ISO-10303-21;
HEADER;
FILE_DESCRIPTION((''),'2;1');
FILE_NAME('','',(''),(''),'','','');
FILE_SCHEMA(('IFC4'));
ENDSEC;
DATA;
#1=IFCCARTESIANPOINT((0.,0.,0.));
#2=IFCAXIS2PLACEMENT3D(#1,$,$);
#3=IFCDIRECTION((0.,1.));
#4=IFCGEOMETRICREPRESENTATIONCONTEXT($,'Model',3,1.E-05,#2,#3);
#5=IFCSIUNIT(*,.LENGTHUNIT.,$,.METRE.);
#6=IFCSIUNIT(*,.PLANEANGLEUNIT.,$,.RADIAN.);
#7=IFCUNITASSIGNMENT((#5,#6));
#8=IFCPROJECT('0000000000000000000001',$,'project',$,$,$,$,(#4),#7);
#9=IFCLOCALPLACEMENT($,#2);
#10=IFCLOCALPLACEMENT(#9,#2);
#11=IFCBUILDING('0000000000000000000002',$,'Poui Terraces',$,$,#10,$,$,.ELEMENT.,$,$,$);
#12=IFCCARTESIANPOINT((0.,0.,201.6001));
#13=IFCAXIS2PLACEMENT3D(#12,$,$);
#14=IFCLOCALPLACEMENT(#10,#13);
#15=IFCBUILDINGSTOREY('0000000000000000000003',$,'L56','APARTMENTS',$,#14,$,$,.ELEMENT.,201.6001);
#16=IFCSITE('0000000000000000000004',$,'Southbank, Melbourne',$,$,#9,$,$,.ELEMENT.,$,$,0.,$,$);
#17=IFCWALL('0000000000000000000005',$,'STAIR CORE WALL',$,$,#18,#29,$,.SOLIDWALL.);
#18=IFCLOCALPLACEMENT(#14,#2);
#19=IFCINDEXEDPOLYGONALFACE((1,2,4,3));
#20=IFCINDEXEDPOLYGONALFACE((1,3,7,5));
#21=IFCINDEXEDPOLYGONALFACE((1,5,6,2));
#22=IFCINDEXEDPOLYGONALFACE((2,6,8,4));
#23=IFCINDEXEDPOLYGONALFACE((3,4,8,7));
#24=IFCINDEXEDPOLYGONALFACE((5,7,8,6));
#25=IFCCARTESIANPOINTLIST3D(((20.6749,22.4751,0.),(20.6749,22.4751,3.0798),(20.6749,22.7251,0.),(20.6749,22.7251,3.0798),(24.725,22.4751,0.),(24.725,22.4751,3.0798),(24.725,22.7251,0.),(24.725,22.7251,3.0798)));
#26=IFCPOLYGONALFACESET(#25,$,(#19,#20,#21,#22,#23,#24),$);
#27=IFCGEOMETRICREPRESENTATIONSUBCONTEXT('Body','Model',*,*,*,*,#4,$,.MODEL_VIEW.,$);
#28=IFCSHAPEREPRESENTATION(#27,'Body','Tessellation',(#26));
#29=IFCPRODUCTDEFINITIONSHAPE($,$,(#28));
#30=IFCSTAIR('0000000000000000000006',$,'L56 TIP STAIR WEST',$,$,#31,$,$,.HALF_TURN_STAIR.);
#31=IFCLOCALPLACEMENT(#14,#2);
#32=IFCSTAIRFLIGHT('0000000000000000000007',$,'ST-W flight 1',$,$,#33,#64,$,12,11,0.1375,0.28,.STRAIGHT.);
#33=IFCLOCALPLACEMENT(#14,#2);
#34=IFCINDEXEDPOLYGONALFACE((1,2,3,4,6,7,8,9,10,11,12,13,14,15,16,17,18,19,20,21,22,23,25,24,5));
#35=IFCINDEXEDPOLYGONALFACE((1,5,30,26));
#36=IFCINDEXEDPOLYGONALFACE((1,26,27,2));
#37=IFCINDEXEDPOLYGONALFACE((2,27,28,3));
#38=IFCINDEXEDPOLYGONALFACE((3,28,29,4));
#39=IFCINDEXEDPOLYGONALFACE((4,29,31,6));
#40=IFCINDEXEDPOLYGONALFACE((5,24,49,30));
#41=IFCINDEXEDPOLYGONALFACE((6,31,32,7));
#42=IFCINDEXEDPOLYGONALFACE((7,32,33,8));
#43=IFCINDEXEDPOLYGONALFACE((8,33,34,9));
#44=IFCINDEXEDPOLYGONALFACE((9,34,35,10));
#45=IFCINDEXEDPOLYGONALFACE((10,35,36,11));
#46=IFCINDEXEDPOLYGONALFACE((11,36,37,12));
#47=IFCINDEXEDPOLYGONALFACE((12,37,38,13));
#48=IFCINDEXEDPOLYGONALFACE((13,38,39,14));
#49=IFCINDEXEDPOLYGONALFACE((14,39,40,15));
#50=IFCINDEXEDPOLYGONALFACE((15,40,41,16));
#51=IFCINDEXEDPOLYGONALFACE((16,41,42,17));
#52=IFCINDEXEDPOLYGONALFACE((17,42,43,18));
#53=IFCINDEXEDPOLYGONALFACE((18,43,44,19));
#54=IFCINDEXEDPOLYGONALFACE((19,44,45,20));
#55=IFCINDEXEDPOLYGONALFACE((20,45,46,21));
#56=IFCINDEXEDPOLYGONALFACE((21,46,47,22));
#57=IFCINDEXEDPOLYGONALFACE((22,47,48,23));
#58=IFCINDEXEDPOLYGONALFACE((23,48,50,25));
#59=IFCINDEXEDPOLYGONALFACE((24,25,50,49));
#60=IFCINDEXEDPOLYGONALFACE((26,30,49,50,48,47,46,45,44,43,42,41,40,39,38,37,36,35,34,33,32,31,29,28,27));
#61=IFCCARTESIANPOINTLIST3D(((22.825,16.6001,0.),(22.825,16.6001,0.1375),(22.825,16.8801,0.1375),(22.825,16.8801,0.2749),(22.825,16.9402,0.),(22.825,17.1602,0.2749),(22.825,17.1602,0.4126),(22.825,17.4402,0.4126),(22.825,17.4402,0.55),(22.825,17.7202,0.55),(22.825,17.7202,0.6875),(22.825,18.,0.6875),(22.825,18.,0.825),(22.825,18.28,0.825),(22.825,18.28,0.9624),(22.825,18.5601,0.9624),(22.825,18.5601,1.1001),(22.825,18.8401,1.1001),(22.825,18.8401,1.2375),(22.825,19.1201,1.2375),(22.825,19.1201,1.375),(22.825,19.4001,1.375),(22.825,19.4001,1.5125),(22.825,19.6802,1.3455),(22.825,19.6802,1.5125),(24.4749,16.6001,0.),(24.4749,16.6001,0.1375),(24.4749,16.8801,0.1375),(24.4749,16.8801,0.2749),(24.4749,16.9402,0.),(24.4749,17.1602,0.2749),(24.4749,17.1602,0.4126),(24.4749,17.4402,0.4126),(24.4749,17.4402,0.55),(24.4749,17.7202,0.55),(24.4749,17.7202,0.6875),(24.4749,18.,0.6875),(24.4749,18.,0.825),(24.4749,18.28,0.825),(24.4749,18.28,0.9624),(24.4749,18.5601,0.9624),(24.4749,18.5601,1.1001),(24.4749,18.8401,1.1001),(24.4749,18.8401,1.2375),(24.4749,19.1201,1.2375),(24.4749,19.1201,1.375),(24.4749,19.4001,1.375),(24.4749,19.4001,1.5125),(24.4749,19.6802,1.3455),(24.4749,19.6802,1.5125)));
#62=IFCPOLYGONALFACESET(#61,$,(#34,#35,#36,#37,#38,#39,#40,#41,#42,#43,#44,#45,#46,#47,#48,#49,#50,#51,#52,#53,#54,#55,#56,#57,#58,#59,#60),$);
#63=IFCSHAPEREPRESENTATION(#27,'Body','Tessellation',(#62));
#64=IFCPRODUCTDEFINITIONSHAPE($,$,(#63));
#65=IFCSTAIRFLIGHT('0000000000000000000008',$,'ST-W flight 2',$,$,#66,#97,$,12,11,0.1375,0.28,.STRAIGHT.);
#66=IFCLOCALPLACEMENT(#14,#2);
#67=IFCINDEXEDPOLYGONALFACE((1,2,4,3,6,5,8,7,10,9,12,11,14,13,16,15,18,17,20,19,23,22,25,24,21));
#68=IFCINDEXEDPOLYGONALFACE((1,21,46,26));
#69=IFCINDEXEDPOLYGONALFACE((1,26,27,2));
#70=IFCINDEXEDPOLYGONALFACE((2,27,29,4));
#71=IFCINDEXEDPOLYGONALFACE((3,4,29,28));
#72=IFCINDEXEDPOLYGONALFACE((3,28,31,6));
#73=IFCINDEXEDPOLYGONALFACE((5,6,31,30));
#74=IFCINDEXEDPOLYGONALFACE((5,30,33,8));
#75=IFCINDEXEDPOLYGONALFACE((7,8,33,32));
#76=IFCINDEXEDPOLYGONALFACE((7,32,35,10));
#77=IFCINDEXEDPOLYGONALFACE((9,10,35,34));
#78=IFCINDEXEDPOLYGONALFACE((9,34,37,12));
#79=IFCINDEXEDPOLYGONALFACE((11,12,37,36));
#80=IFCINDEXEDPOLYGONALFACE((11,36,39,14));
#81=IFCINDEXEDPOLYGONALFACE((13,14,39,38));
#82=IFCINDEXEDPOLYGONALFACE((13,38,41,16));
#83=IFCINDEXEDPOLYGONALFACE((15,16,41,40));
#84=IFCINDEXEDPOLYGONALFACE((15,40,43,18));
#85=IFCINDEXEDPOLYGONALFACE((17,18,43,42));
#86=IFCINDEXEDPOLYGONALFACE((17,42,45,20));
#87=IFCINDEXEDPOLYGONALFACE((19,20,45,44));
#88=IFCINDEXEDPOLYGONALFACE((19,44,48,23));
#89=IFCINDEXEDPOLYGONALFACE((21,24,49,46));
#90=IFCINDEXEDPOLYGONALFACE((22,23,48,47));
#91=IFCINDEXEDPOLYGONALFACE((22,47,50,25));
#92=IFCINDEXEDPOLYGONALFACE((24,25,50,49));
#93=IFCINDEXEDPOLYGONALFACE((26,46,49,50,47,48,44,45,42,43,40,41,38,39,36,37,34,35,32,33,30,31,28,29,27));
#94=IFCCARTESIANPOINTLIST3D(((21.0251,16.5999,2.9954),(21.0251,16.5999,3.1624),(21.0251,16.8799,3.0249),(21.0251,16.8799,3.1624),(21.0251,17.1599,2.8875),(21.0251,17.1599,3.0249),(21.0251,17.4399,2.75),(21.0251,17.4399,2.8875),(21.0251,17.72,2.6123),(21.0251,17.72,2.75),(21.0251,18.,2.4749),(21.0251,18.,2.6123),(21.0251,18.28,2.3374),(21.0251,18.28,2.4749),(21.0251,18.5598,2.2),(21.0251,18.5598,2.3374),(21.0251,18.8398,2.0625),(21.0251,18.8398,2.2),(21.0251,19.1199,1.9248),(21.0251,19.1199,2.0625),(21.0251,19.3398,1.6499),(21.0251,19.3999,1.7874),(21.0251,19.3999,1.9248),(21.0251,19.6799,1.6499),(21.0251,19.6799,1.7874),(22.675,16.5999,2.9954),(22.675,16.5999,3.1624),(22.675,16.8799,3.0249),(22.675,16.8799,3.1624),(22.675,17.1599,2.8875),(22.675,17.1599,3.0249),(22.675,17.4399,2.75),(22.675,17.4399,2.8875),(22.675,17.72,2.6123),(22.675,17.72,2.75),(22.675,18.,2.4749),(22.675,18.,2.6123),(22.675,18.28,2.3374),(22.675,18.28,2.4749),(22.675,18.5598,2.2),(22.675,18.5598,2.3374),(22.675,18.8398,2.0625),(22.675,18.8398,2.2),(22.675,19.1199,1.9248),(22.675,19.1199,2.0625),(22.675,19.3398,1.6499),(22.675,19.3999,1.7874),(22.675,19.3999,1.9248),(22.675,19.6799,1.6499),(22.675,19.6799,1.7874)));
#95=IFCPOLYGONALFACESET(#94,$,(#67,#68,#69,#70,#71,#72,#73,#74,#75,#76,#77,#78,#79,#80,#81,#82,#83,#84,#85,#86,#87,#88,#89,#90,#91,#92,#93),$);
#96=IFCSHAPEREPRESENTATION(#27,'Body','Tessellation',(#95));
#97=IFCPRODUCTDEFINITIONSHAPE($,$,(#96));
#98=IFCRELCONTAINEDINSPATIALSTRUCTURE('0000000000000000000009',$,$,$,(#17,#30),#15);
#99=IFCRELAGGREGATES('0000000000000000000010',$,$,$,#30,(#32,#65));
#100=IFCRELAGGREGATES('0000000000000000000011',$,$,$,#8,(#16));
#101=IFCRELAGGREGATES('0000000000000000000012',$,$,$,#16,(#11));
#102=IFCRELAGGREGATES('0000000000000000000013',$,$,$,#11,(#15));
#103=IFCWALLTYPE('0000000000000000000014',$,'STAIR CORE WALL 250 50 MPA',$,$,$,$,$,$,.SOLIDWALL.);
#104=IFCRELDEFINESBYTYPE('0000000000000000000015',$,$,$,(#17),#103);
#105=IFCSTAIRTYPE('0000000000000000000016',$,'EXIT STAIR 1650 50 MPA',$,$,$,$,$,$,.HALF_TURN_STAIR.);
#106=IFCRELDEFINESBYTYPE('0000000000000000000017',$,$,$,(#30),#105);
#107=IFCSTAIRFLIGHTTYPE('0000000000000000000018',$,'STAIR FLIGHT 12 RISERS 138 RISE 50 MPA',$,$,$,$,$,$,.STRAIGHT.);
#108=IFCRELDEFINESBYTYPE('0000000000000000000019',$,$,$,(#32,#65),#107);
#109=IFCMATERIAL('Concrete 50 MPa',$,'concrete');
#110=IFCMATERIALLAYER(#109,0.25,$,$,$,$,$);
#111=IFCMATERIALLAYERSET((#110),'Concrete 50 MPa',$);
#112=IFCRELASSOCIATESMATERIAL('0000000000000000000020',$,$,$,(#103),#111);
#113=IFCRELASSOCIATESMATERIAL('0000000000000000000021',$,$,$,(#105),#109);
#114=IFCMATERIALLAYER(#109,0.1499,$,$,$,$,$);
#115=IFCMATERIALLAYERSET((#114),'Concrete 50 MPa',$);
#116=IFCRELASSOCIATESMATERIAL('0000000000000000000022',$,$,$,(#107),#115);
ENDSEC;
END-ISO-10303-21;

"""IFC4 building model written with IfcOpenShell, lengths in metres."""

from ifc_helpers import new_model, si_unit, direction, frame, frame_2d, origin, place, context, subcontext, project, spatial, polyline, rectangle, outline, extrude, material, layer, layer_set, type_object, element, aggregate, save


model = new_model("IFC4")

# Units and contexts
model_context = context("Model", 3, precision=1e-05, world=origin(), true_north=direction((0.0, 1.0)))
body_context = subcontext(model_context, "Body", "Model", "MODEL_VIEW")
ifc_project = project(units=[si_unit("LENGTHUNIT", "METRE"), si_unit("PLANEANGLEUNIT", "RADIAN")], contexts=[model_context])

# Site, building, storey
site_placement = place(None, origin())
site = spatial("IfcSite", under=ifc_project, at=site_placement, Name="Southbank, Melbourne", CompositionType="ELEMENT", RefElevation=0.0)
building_placement = place(site_placement, origin())
building = spatial("IfcBuilding", under=site, at=building_placement, Name="Poui Terraces", CompositionType="ELEMENT")
storey_placement = place(building_placement, frame((0.0, 0.0, 201.6001)))
storey = spatial("IfcBuildingStorey", under=building, at=storey_placement, Name="L56", Description="APARTMENTS", CompositionType="ELEMENT", Elevation=201.6001)

# Wall
ifc_material_1 = material(Name="Concrete 50 MPa", Category="concrete")
ifc_layer_1 = layer(ifc_material_1, 0.25)
ifc_layer_set_1 = layer_set([ifc_layer_1], Name="Concrete 50 MPa")
wall_type = type_object("IfcWallType", Name="STAIR CORE WALL 250 50 MPA", PredefinedType="SOLIDWALL", material=ifc_layer_set_1)
wall_placement = place(storey_placement, frame((20.675, 22.6001, 0.0), z_axis=(0.0, 0.0, 1.0), x_axis=(1.0, 0.0, 0.0)))
element("IfcWall", 1, at=wall_placement, inside=storey, type_object=wall_type, Name="STAIR CORE WALL", PredefinedType="SOLIDWALL", context=body_context, shape_type="SweptSolid", body=[
    extrude(rectangle(XDim=4.05, YDim=0.25, at=frame_2d((2.0249, 0.0))), origin(), (0.0, 0.0, 1.0), 3.0798),
])

# Stair, stair flights
stair_type = type_object("IfcStairType", Name="EXIT STAIR 1650 50 MPA", PredefinedType="HALF_TURN_STAIR", material=ifc_material_1)
stair_placement = place(storey_placement, origin())
stair = element("IfcStair", 2, at=stair_placement, inside=storey, type_object=stair_type, Name="L56 TIP STAIR WEST", PredefinedType="HALF_TURN_STAIR")
ifc_layer_2 = layer(ifc_material_1, 0.1499)
ifc_layer_set_2 = layer_set([ifc_layer_2], Name="Concrete 50 MPa")
stair_flight_type = type_object("IfcStairFlightType", Name="STAIR FLIGHT 12 RISERS 138 RISE 50 MPA", PredefinedType="STRAIGHT", material=ifc_layer_set_2)
stair_flight_1_placement = place(storey_placement, frame((23.6499, 16.6001, 0.0), z_axis=(0.0, 0.0, 1.0), x_axis=(0.0, 1.0, 0.0)))
stair_flight_1 = element("IfcStairFlight", 3, at=stair_flight_1_placement, type_object=stair_flight_type, Name="ST-W flight 1", NumberOfRisers=12, NumberOfTreads=11, PredefinedType="STRAIGHT", RiserHeight=0.1375, TreadLength=0.28, context=body_context, shape_type="SweptSolid", body=[
    extrude(outline(polyline([(0.0, 0.0), (0.0, 0.1375), (0.28, 0.1375), (0.28, 0.2749), (0.5601, 0.2749), (0.5601, 0.4126), (0.8401, 0.4126), (0.8401, 0.55), (1.1201, 0.55), (1.1201, 0.6875), (1.3999, 0.6875), (1.3999, 0.825), (1.6799, 0.825), (1.6799, 0.9624), (1.96, 0.9624), (1.96, 1.1001), (2.24, 1.1001), (2.24, 1.2375), (2.52, 1.2375), (2.52, 1.375), (2.8, 1.375), (2.8, 1.5125), (3.0801, 1.5125), (3.0801, 1.6499), (3.0801, 1.3455), (0.3401, 0.0), (0.0, 0.0)])), frame((0.0, 0.825, 0.0), z_axis=(0.0, -1.0, 0.0), x_axis=(1.0, 0.0, 0.0)), (0.0, 0.0, 1.0), 1.6499),
])
stair_flight_2_placement = place(storey_placement, frame((21.8501, 19.6799, 1.6499), z_axis=(0.0, 0.0, 1.0), x_axis=(0.0, -1.0, 0.0)))
stair_flight_2 = element("IfcStairFlight", 4, at=stair_flight_2_placement, type_object=stair_flight_type, Name="ST-W flight 2", NumberOfRisers=12, NumberOfTreads=11, PredefinedType="STRAIGHT", RiserHeight=0.1375, TreadLength=0.28, context=body_context, shape_type="SweptSolid", body=[
    extrude(outline(polyline([(0.0, 0.0), (0.0, 0.1375), (0.28, 0.1375), (0.28, 0.2749), (0.5601, 0.2749), (0.5601, 0.4126), (0.8401, 0.4126), (0.8401, 0.55), (1.1201, 0.55), (1.1201, 0.6875), (1.3999, 0.6875), (1.3999, 0.825), (1.6799, 0.825), (1.6799, 0.9624), (1.96, 0.9624), (1.96, 1.1001), (2.24, 1.1001), (2.24, 1.2375), (2.52, 1.2375), (2.52, 1.375), (2.8, 1.375), (2.8, 1.5125), (3.0801, 1.5125), (3.0801, 1.6499), (3.0801, 1.3455), (0.3401, 0.0), (0.0, 0.0)])), frame((0.0, 0.825, 0.0), z_axis=(0.0, -1.0, 0.0), x_axis=(1.0, 0.0, 0.0)), (0.0, 0.0, 1.0), 1.6499),
])
aggregate(stair, [stair_flight_1, stair_flight_2])

save(model, "model.ifc")
